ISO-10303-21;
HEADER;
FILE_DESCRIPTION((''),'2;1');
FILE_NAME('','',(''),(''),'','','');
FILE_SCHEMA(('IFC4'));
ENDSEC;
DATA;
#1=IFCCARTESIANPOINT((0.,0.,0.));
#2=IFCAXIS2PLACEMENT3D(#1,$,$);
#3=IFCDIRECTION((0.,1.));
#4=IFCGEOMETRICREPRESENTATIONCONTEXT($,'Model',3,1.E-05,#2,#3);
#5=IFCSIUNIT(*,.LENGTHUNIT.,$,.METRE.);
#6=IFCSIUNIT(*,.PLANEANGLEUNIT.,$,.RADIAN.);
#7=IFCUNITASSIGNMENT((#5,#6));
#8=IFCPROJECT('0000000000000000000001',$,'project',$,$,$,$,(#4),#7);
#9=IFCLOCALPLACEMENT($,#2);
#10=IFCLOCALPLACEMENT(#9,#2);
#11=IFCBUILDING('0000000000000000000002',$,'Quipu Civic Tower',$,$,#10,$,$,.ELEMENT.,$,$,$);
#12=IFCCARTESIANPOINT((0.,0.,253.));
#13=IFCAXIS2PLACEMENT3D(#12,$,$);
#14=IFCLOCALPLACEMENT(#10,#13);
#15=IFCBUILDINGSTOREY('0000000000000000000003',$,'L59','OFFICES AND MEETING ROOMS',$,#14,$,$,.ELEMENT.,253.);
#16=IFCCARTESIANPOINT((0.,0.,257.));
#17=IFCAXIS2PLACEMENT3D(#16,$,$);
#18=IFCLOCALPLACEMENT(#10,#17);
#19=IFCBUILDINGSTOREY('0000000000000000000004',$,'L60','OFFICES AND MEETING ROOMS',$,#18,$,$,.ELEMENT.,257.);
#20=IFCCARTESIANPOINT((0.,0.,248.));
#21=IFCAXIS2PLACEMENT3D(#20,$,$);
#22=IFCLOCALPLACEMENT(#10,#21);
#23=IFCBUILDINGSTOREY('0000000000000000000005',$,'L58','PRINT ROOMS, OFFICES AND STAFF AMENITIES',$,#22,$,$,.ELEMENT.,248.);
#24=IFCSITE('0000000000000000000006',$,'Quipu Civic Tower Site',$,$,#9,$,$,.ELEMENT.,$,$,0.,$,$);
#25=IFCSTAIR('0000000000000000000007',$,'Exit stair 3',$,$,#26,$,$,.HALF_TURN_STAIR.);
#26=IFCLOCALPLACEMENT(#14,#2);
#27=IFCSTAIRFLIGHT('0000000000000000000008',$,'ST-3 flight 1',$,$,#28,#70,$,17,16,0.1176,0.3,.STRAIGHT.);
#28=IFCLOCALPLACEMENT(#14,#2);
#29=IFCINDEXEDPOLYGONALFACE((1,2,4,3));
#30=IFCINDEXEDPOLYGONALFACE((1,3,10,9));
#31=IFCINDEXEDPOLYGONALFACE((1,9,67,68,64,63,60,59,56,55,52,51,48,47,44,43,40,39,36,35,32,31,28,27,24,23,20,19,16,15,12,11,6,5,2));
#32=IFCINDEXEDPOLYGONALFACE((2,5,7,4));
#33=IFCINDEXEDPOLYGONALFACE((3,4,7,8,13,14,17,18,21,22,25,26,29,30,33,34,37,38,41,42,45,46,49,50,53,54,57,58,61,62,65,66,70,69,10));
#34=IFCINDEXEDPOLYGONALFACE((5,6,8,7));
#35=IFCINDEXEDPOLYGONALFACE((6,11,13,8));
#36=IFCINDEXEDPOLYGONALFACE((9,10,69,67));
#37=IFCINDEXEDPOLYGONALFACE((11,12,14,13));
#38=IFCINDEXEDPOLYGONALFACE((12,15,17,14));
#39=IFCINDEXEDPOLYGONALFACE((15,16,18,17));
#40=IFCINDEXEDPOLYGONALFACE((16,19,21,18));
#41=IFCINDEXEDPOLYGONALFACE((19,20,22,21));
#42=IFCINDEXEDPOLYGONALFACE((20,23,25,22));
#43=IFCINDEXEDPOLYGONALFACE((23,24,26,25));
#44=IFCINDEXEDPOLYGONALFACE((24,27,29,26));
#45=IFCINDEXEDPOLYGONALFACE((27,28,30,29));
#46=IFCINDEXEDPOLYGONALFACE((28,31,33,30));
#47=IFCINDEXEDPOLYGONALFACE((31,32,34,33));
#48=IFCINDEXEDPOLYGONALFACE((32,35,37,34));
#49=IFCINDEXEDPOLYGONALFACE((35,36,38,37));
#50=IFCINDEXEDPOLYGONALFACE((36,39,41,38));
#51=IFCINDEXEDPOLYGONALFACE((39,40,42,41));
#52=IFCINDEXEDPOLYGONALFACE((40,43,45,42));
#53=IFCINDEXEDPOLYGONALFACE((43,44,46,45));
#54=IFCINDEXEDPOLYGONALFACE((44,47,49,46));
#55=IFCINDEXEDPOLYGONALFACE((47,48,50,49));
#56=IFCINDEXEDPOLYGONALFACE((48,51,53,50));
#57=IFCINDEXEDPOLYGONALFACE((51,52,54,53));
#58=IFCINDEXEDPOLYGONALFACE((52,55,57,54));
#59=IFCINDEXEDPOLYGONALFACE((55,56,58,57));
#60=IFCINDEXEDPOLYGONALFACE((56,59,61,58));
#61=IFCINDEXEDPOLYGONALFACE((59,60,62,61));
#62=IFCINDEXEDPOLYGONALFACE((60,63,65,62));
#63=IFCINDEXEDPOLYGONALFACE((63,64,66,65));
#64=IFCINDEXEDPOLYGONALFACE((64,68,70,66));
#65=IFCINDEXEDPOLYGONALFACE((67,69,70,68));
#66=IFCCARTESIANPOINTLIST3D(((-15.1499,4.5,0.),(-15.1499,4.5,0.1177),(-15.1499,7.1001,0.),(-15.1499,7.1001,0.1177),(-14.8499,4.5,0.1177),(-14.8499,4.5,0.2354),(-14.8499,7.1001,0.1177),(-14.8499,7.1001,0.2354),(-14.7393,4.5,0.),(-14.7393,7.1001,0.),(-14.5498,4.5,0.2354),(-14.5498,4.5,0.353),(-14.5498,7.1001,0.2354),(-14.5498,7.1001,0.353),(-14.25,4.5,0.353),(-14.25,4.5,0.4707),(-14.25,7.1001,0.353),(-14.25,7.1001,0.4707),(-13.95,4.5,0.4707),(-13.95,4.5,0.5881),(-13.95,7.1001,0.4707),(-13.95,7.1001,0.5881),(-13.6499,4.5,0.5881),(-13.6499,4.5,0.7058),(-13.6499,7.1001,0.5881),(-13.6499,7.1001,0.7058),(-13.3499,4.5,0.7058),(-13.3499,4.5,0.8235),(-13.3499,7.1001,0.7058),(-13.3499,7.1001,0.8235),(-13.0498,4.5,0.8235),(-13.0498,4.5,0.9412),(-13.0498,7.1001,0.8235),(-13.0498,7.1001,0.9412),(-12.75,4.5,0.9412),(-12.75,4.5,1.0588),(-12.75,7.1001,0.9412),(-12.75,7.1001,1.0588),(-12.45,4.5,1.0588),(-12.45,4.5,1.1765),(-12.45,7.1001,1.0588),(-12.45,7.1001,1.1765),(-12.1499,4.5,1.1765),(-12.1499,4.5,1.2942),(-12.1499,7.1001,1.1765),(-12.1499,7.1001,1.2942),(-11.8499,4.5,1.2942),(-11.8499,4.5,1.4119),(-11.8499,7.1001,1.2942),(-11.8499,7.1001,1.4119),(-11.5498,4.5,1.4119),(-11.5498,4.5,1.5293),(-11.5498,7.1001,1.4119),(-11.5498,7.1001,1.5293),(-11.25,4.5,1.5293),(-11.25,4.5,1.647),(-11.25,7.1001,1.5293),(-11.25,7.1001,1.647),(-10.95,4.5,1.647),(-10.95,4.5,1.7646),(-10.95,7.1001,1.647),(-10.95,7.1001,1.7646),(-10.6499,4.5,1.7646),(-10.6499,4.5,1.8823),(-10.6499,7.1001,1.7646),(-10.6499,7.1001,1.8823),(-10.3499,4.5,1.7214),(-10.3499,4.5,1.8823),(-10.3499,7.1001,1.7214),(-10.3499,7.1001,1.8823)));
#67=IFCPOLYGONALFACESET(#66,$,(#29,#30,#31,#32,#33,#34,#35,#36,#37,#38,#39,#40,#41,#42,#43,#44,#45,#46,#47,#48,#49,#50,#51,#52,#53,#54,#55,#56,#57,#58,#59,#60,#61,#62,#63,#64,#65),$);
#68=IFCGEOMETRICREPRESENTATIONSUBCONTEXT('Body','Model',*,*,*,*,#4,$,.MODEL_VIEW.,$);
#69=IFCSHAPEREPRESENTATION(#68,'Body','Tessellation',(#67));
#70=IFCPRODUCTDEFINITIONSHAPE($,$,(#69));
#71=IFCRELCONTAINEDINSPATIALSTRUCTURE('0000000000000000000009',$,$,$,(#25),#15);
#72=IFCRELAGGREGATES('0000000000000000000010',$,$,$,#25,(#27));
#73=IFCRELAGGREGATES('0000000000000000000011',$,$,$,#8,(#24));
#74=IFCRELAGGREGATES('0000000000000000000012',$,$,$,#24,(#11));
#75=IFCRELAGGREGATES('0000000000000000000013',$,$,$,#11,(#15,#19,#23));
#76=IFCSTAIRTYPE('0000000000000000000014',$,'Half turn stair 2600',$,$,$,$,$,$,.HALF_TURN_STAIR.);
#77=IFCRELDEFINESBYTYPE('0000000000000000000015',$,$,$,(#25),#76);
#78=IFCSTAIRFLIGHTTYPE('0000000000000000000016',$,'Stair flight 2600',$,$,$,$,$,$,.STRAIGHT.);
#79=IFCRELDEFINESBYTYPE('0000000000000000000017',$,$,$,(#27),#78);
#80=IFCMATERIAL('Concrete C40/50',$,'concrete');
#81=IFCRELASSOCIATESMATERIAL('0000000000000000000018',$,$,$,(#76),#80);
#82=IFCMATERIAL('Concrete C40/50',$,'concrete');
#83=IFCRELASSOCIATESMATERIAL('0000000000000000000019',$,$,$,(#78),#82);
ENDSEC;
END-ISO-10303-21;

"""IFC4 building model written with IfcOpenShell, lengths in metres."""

from ifc_helpers import new_model, si_unit, direction, frame, origin, place, context, subcontext, project, spatial, polyline, outline, extrude, material, type_object, element, aggregate, save


model = new_model("IFC4")

# Units and contexts
model_context = context("Model", 3, precision=1e-05, world=origin(), true_north=direction((0.0, 1.0)))
body_context = subcontext(model_context, "Body", "Model", "MODEL_VIEW")
ifc_project = project(units=[si_unit("LENGTHUNIT", "METRE"), si_unit("PLANEANGLEUNIT", "RADIAN")], contexts=[model_context])

# Site, building, storey
site_placement = place(None, origin())
site = spatial("IfcSite", under=ifc_project, at=site_placement, Name="Quipu Civic Tower Site", CompositionType="ELEMENT", RefElevation=0.0)
building_placement = place(site_placement, origin())
building = spatial("IfcBuilding", under=site, at=building_placement, Name="Quipu Civic Tower", CompositionType="ELEMENT")
storey_1_placement = place(building_placement, frame((0.0, 0.0, 253.0)))
storey_1 = spatial("IfcBuildingStorey", under=building, at=storey_1_placement, Name="L59", Description="OFFICES AND MEETING ROOMS", CompositionType="ELEMENT", Elevation=253.0)

# Shared definitions
storey_2_placement = place(building_placement, frame((0.0, 0.0, 257.0)))
storey_2 = spatial("IfcBuildingStorey", under=building, at=storey_2_placement, Name="L60", Description="OFFICES AND MEETING ROOMS", CompositionType="ELEMENT", Elevation=257.0)

# Shared definitions
storey_3_placement = place(building_placement, frame((0.0, 0.0, 248.0)))
storey_3 = spatial("IfcBuildingStorey", under=building, at=storey_3_placement, Name="L58", Description="PRINT ROOMS, OFFICES AND STAFF AMENITIES", CompositionType="ELEMENT", Elevation=248.0)

# Stair, stair flight
ifc_material_1 = material(Name="Concrete C40/50", Category="concrete")
stair_type = type_object("IfcStairType", Name="Half turn stair 2600", PredefinedType="HALF_TURN_STAIR", material=ifc_material_1)
stair_placement = place(storey_1_placement, origin())
stair = element("IfcStair", 1, at=stair_placement, inside=storey_1, type_object=stair_type, Name="Exit stair 3", PredefinedType="HALF_TURN_STAIR")
ifc_material_2 = material(Name="Concrete C40/50", Category="concrete")
stair_flight_type = type_object("IfcStairFlightType", Name="Stair flight 2600", PredefinedType="STRAIGHT", material=ifc_material_2)
stair_flight_placement = place(storey_1_placement, frame((-15.1499, 5.8, 0.0), z_axis=(0.0, 0.0, 1.0), x_axis=(1.0, 0.0, 0.0)))
stair_flight = element("IfcStairFlight", 2, at=stair_flight_placement, type_object=stair_flight_type, Name="ST-3 flight 1", NumberOfRisers=17, NumberOfTreads=16, PredefinedType="STRAIGHT", RiserHeight=0.1176, TreadLength=0.3, context=body_context, shape_type="SweptSolid", body=[
    extrude(outline(polyline([(0.0, 0.0), (0.0, 0.1177), (0.3, 0.1177), (0.3, 0.2354), (0.6001, 0.2354), (0.6001, 0.353), (0.8999, 0.353), (0.8999, 0.4707), (1.2, 0.4707), (1.2, 0.5881), (1.5, 0.5881), (1.5, 0.7058), (1.8, 0.7058), (1.8, 0.8235), (2.1001, 0.8235), (2.1001, 0.9412), (2.3999, 0.9412), (2.3999, 1.0588), (2.7, 1.0588), (2.7, 1.1765), (3.0, 1.1765), (3.0, 1.2942), (3.3, 1.2942), (3.3, 1.4119), (3.6001, 1.4119), (3.6001, 1.5293), (3.8999, 1.5293), (3.8999, 1.647), (4.2, 1.647), (4.2, 1.7646), (4.5, 1.7646), (4.5, 1.8823), (4.8, 1.8823), (4.8, 2.0), (4.8, 1.7214), (0.4106, 0.0), (0.0, 0.0)])), frame((0.0, 1.3, 0.0), z_axis=(0.0, -1.0, 0.0), x_axis=(1.0, 0.0, 0.0)), (0.0, 0.0, 1.0), 2.6001),
])
aggregate(stair, [stair_flight])

save(model, "model.ifc")
